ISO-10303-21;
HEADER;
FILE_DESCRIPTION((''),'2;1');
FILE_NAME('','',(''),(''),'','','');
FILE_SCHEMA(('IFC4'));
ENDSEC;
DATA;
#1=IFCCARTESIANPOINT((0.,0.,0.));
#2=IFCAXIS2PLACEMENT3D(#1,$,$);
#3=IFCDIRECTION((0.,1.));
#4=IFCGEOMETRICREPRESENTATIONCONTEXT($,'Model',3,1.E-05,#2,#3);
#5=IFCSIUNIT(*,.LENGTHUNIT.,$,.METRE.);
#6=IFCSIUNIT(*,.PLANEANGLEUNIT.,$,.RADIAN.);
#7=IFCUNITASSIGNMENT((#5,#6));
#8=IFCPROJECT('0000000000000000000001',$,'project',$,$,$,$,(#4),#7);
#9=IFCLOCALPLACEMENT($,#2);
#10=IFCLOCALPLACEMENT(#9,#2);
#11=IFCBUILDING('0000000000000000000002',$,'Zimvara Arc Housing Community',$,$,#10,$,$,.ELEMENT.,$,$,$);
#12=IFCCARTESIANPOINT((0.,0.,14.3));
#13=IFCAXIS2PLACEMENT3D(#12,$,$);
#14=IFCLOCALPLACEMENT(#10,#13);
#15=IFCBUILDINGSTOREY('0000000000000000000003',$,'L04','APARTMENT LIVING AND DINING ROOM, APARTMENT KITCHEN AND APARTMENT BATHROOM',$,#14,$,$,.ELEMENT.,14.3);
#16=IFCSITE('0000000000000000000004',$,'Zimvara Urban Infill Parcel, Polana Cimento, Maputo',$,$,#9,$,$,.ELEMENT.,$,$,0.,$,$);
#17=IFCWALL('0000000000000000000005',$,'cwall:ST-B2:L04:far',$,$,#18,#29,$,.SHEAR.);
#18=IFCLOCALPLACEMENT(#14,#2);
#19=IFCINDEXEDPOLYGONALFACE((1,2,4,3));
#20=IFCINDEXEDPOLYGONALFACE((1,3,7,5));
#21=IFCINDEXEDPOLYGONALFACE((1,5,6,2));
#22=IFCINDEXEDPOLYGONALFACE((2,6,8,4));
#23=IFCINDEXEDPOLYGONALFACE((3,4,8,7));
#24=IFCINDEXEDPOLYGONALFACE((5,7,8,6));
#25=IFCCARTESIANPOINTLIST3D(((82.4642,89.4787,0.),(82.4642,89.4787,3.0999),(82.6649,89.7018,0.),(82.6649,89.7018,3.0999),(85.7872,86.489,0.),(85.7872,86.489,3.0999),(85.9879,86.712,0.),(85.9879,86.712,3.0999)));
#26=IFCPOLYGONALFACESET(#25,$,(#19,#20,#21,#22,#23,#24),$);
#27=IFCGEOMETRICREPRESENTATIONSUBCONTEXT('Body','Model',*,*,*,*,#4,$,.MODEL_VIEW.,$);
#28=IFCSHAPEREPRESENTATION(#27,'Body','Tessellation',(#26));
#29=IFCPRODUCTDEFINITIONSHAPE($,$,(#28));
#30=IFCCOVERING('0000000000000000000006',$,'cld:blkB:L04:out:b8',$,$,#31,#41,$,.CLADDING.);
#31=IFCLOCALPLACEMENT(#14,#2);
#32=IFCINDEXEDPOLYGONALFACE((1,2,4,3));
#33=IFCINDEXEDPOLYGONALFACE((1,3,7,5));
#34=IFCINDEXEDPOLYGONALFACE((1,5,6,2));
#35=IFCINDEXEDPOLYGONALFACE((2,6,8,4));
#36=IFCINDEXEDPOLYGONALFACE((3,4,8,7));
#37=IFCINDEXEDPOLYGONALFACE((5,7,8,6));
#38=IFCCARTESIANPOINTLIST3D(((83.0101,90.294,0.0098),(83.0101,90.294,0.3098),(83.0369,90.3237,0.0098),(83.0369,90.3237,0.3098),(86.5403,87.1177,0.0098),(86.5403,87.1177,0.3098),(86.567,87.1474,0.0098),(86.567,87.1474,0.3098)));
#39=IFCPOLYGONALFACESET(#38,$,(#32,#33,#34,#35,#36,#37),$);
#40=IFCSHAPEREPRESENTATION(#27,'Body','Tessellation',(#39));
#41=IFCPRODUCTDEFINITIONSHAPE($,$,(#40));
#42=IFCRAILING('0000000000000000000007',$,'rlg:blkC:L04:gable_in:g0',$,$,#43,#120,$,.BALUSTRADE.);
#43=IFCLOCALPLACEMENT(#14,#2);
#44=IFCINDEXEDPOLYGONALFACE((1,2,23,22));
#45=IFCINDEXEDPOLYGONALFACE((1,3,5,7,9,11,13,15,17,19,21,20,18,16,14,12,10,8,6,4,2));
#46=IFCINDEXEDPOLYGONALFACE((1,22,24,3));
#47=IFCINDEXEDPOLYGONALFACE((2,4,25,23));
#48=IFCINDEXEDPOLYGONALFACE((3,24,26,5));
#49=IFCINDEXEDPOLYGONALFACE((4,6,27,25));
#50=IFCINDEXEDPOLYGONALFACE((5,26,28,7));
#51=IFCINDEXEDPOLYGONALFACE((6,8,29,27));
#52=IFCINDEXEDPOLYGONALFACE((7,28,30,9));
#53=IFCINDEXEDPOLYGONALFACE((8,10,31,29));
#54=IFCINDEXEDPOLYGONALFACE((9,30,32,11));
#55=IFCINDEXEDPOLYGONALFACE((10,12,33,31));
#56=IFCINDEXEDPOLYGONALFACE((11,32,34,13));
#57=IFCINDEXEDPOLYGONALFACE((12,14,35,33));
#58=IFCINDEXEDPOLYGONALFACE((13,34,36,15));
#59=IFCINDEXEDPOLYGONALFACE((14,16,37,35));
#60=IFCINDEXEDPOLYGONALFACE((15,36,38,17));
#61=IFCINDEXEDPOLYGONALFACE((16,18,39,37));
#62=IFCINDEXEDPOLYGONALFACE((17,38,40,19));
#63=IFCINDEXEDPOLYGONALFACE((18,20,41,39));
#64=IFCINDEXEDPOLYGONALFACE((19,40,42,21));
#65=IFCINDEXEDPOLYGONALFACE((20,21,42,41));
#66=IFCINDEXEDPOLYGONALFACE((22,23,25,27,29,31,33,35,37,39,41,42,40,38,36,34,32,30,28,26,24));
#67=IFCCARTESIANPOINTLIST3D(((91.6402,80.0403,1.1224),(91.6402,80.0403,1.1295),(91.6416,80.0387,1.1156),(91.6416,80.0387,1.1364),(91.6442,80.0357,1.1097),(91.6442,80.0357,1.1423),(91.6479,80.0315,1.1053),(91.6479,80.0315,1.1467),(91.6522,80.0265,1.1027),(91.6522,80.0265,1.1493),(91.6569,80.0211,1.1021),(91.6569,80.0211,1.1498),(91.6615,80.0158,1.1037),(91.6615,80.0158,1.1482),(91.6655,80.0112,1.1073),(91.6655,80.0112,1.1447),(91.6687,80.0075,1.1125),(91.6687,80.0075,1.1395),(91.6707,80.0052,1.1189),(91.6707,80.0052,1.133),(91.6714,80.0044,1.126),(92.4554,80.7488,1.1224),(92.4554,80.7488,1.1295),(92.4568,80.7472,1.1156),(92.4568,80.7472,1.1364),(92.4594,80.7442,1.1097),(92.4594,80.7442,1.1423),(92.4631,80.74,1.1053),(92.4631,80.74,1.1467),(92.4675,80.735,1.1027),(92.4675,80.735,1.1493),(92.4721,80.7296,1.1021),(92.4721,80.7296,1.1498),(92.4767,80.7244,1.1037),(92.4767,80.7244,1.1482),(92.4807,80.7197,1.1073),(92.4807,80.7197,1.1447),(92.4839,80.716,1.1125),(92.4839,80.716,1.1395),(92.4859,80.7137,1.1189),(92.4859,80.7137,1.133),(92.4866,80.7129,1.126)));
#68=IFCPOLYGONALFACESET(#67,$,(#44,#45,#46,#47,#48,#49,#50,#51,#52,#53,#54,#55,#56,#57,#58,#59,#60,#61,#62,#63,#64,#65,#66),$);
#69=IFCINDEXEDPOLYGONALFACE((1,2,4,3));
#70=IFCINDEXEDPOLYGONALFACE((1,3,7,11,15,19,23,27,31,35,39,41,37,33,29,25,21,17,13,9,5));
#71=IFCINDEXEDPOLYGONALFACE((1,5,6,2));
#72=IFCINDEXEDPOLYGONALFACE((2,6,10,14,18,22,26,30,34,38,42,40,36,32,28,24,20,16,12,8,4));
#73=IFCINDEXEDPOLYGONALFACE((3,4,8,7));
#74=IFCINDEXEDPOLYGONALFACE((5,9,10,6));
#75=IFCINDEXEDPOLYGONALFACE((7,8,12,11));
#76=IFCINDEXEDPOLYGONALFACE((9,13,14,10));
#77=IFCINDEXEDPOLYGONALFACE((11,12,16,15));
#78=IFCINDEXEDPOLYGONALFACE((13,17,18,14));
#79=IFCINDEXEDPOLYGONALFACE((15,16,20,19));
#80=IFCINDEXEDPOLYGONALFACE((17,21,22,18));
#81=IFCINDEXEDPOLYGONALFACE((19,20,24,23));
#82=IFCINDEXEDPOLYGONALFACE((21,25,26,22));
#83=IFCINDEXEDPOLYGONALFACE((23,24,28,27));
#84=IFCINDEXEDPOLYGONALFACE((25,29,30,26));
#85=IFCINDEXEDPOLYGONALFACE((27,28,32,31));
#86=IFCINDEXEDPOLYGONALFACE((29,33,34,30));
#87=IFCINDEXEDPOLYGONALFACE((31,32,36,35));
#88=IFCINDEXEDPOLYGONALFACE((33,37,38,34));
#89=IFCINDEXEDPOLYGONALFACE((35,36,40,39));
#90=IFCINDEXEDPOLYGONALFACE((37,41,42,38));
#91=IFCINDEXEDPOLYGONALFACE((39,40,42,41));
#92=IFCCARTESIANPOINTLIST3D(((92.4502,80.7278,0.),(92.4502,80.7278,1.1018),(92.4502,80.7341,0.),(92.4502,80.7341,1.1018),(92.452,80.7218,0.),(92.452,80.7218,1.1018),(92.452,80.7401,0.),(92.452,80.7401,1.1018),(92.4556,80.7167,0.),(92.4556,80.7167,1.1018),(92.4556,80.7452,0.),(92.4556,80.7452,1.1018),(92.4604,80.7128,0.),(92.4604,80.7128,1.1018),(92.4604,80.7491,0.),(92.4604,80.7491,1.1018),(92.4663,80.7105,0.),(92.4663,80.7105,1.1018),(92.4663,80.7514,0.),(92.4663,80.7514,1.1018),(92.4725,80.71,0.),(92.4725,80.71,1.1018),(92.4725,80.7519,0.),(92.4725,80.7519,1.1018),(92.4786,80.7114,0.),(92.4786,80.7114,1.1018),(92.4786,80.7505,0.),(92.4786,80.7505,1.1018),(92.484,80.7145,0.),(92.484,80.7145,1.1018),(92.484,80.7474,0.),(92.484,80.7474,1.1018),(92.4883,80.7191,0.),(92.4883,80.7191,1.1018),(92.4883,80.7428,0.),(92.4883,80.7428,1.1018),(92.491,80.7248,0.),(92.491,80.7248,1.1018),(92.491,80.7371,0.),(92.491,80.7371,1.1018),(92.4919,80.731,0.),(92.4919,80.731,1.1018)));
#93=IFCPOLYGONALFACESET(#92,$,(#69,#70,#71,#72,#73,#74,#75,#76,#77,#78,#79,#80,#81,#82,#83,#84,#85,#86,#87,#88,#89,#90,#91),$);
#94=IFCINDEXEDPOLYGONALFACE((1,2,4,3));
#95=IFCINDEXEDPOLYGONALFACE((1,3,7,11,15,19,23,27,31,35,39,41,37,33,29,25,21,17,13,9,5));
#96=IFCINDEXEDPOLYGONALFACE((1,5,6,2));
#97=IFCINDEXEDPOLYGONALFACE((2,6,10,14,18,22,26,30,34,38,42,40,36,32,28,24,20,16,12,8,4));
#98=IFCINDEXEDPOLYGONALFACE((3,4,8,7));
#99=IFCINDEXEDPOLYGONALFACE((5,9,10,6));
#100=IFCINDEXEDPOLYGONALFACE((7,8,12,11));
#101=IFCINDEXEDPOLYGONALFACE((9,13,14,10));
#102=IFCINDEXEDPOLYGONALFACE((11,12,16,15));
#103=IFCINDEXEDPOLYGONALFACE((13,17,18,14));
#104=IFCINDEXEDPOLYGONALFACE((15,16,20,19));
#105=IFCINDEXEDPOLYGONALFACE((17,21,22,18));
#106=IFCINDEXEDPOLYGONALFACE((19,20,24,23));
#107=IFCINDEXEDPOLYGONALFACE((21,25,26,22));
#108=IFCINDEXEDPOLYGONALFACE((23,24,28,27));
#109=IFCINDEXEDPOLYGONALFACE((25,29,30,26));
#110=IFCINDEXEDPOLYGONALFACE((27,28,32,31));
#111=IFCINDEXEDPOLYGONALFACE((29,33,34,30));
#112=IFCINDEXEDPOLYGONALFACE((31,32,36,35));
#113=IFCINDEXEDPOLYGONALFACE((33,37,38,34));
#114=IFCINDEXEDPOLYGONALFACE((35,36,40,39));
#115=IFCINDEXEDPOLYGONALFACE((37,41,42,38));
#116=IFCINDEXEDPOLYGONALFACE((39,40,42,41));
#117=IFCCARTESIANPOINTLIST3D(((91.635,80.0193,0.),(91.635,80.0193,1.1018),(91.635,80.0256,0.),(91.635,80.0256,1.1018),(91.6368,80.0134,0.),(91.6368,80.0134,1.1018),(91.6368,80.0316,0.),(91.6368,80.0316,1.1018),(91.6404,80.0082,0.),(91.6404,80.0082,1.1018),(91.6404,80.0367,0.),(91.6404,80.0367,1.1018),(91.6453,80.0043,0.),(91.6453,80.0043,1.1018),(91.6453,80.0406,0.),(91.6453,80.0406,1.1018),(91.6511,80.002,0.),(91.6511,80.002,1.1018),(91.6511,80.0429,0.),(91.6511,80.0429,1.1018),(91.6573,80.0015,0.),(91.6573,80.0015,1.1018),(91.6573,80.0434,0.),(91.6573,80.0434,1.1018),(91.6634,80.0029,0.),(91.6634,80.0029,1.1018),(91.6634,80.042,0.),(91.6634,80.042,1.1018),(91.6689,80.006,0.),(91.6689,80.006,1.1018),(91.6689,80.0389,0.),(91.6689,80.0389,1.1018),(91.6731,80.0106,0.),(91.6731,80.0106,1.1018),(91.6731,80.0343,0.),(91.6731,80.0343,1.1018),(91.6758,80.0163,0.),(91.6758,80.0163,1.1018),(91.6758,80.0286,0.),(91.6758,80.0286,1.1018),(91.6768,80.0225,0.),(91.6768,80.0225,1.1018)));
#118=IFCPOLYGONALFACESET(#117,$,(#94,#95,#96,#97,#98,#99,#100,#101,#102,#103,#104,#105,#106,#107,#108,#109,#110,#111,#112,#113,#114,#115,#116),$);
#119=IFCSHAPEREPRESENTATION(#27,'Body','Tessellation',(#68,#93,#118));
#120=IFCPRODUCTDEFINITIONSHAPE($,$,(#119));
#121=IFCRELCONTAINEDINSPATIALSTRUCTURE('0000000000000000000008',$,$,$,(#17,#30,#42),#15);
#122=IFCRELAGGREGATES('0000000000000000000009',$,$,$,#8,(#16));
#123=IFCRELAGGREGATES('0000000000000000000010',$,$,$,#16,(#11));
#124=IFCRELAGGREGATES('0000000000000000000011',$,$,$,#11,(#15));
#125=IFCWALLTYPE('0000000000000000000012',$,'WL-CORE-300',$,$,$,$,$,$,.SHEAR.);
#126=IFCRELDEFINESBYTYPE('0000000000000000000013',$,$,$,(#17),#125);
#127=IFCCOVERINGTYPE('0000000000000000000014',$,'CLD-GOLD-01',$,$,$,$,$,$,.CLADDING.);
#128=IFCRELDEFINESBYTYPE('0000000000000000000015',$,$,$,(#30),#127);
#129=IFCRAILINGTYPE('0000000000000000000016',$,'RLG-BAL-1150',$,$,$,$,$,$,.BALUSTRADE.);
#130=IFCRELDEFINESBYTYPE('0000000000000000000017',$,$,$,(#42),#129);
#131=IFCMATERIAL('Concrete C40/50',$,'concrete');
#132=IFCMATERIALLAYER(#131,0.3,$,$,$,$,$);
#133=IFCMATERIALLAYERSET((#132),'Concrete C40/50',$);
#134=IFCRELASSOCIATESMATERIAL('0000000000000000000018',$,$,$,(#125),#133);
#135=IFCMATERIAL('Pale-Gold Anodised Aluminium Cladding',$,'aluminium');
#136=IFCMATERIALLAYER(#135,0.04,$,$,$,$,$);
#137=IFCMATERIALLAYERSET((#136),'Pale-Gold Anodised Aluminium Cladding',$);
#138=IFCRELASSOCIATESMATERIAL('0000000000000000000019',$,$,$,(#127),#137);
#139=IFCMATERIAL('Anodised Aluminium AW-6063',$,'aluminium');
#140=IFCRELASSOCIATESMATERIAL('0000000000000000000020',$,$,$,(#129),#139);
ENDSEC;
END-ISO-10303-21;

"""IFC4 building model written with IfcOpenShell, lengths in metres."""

from ifc_helpers import new_model, si_unit, direction, frame, frame_2d, origin, origin_2d, place, context, subcontext, project, spatial, rectangle, circle, extrude, material, layer, layer_set, type_object, element, save


model = new_model("IFC4")

# Units and contexts
model_context = context("Model", 3, precision=1e-05, world=origin(), true_north=direction((0.0, 1.0)))
body_context = subcontext(model_context, "Body", "Model", "MODEL_VIEW")
ifc_project = project(units=[si_unit("LENGTHUNIT", "METRE"), si_unit("PLANEANGLEUNIT", "RADIAN")], contexts=[model_context])

# Site, building, storey
site_placement = place(None, origin())
site = spatial("IfcSite", under=ifc_project, at=site_placement, Name="Zimvara Urban Infill Parcel, Polana Cimento, Maputo", CompositionType="ELEMENT", RefElevation=0.0)
building_placement = place(site_placement, origin())
building = spatial("IfcBuilding", under=site, at=building_placement, Name="Zimvara Arc Housing Community", CompositionType="ELEMENT")
storey_placement = place(building_placement, frame((0.0, 0.0, 14.3)))
storey = spatial("IfcBuildingStorey", under=building, at=storey_placement, Name="L04", Description="APARTMENT LIVING AND DINING ROOM, APARTMENT KITCHEN AND APARTMENT BATHROOM", CompositionType="ELEMENT", Elevation=14.3)

# Wall
ifc_material_1 = material(Name="Concrete C40/50", Category="concrete")
ifc_layer_1 = layer(ifc_material_1, 0.3)
ifc_layer_set_1 = layer_set([ifc_layer_1], Name="Concrete C40/50")
wall_type_1 = type_object("IfcWallType", Name="WL-CORE-300", PredefinedType="SHEAR", material=ifc_layer_set_1)
wall_1_placement = place(storey_placement, frame((85.8875, 86.6006, 0.0), z_axis=(0.0, 0.0, 1.0), x_axis=(-0.7434, 0.668847, 0.0)))
element("IfcWall", 1, at=wall_1_placement, inside=storey, type_object=wall_type_1, Name="cwall:ST-B2:L04:far", PredefinedType="SHEAR", context=body_context, shape_type="SweptSolid", body=[
    extrude(rectangle(XDim=4.47, YDim=0.3, at=frame_2d((2.2349, 0.0))), origin(), (0.0, 0.0, 1.0), 3.0999),
])

# Covering
ifc_material_2 = material(Name="Pale-Gold Anodised Aluminium Cladding", Category="aluminium")
ifc_layer_2 = layer(ifc_material_2, 0.04)
ifc_layer_set_2 = layer_set([ifc_layer_2], Name="Pale-Gold Anodised Aluminium Cladding")
covering_type = type_object("IfcCoveringType", Name="CLD-GOLD-01", PredefinedType="CLADDING", material=ifc_layer_set_2)
covering_placement = place(storey_placement, frame((84.7886, 88.7207, 0.0098), z_axis=(0.0, 0.0, 1.0), x_axis=(0.743377, -0.668872, 0.0)))
element("IfcCovering", 2, at=covering_placement, inside=storey, type_object=covering_type, Name="cld:blkB:L04:out:b8", PredefinedType="CLADDING", context=body_context, shape_type="SweptSolid", body=[
    extrude(rectangle(XDim=4.7488, YDim=0.04, at=origin_2d()), origin(), (0.0, 0.0, 1.0), 0.3),
])

# Railing
ifc_material_3 = material(Name="Anodised Aluminium AW-6063", Category="aluminium")
railing_type = type_object("IfcRailingType", Name="RLG-BAL-1150", PredefinedType="BALUSTRADE", material=ifc_material_3)
railing_placement = place(storey_placement, frame((92.4709, 80.731, 0.0)))
element("IfcRailing", 3, at=railing_placement, inside=storey, type_object=railing_type, Name="rlg:blkC:L04:gable_in:g0", PredefinedType="BALUSTRADE", context=body_context, shape_type="SweptSolid", body=[
    extrude(circle(Radius=0.0239, at=origin_2d()), frame((0.0, 0.0, 1.126), z_axis=(-0.754771, -0.655988, 0.0), x_axis=(0.655988, -0.754771, 0.0)), (0.0, 0.0, 1.0), 1.0801),
    extrude(circle(Radius=0.021, at=origin_2d()), origin(), (0.0, 0.0, 1.0), 1.1018),
    extrude(circle(Radius=0.021, at=origin_2d()), frame((-0.8152, -0.7085, 0.0)), (0.0, 0.0, 1.0), 1.1018),
])

save(model, "model.ifc")
